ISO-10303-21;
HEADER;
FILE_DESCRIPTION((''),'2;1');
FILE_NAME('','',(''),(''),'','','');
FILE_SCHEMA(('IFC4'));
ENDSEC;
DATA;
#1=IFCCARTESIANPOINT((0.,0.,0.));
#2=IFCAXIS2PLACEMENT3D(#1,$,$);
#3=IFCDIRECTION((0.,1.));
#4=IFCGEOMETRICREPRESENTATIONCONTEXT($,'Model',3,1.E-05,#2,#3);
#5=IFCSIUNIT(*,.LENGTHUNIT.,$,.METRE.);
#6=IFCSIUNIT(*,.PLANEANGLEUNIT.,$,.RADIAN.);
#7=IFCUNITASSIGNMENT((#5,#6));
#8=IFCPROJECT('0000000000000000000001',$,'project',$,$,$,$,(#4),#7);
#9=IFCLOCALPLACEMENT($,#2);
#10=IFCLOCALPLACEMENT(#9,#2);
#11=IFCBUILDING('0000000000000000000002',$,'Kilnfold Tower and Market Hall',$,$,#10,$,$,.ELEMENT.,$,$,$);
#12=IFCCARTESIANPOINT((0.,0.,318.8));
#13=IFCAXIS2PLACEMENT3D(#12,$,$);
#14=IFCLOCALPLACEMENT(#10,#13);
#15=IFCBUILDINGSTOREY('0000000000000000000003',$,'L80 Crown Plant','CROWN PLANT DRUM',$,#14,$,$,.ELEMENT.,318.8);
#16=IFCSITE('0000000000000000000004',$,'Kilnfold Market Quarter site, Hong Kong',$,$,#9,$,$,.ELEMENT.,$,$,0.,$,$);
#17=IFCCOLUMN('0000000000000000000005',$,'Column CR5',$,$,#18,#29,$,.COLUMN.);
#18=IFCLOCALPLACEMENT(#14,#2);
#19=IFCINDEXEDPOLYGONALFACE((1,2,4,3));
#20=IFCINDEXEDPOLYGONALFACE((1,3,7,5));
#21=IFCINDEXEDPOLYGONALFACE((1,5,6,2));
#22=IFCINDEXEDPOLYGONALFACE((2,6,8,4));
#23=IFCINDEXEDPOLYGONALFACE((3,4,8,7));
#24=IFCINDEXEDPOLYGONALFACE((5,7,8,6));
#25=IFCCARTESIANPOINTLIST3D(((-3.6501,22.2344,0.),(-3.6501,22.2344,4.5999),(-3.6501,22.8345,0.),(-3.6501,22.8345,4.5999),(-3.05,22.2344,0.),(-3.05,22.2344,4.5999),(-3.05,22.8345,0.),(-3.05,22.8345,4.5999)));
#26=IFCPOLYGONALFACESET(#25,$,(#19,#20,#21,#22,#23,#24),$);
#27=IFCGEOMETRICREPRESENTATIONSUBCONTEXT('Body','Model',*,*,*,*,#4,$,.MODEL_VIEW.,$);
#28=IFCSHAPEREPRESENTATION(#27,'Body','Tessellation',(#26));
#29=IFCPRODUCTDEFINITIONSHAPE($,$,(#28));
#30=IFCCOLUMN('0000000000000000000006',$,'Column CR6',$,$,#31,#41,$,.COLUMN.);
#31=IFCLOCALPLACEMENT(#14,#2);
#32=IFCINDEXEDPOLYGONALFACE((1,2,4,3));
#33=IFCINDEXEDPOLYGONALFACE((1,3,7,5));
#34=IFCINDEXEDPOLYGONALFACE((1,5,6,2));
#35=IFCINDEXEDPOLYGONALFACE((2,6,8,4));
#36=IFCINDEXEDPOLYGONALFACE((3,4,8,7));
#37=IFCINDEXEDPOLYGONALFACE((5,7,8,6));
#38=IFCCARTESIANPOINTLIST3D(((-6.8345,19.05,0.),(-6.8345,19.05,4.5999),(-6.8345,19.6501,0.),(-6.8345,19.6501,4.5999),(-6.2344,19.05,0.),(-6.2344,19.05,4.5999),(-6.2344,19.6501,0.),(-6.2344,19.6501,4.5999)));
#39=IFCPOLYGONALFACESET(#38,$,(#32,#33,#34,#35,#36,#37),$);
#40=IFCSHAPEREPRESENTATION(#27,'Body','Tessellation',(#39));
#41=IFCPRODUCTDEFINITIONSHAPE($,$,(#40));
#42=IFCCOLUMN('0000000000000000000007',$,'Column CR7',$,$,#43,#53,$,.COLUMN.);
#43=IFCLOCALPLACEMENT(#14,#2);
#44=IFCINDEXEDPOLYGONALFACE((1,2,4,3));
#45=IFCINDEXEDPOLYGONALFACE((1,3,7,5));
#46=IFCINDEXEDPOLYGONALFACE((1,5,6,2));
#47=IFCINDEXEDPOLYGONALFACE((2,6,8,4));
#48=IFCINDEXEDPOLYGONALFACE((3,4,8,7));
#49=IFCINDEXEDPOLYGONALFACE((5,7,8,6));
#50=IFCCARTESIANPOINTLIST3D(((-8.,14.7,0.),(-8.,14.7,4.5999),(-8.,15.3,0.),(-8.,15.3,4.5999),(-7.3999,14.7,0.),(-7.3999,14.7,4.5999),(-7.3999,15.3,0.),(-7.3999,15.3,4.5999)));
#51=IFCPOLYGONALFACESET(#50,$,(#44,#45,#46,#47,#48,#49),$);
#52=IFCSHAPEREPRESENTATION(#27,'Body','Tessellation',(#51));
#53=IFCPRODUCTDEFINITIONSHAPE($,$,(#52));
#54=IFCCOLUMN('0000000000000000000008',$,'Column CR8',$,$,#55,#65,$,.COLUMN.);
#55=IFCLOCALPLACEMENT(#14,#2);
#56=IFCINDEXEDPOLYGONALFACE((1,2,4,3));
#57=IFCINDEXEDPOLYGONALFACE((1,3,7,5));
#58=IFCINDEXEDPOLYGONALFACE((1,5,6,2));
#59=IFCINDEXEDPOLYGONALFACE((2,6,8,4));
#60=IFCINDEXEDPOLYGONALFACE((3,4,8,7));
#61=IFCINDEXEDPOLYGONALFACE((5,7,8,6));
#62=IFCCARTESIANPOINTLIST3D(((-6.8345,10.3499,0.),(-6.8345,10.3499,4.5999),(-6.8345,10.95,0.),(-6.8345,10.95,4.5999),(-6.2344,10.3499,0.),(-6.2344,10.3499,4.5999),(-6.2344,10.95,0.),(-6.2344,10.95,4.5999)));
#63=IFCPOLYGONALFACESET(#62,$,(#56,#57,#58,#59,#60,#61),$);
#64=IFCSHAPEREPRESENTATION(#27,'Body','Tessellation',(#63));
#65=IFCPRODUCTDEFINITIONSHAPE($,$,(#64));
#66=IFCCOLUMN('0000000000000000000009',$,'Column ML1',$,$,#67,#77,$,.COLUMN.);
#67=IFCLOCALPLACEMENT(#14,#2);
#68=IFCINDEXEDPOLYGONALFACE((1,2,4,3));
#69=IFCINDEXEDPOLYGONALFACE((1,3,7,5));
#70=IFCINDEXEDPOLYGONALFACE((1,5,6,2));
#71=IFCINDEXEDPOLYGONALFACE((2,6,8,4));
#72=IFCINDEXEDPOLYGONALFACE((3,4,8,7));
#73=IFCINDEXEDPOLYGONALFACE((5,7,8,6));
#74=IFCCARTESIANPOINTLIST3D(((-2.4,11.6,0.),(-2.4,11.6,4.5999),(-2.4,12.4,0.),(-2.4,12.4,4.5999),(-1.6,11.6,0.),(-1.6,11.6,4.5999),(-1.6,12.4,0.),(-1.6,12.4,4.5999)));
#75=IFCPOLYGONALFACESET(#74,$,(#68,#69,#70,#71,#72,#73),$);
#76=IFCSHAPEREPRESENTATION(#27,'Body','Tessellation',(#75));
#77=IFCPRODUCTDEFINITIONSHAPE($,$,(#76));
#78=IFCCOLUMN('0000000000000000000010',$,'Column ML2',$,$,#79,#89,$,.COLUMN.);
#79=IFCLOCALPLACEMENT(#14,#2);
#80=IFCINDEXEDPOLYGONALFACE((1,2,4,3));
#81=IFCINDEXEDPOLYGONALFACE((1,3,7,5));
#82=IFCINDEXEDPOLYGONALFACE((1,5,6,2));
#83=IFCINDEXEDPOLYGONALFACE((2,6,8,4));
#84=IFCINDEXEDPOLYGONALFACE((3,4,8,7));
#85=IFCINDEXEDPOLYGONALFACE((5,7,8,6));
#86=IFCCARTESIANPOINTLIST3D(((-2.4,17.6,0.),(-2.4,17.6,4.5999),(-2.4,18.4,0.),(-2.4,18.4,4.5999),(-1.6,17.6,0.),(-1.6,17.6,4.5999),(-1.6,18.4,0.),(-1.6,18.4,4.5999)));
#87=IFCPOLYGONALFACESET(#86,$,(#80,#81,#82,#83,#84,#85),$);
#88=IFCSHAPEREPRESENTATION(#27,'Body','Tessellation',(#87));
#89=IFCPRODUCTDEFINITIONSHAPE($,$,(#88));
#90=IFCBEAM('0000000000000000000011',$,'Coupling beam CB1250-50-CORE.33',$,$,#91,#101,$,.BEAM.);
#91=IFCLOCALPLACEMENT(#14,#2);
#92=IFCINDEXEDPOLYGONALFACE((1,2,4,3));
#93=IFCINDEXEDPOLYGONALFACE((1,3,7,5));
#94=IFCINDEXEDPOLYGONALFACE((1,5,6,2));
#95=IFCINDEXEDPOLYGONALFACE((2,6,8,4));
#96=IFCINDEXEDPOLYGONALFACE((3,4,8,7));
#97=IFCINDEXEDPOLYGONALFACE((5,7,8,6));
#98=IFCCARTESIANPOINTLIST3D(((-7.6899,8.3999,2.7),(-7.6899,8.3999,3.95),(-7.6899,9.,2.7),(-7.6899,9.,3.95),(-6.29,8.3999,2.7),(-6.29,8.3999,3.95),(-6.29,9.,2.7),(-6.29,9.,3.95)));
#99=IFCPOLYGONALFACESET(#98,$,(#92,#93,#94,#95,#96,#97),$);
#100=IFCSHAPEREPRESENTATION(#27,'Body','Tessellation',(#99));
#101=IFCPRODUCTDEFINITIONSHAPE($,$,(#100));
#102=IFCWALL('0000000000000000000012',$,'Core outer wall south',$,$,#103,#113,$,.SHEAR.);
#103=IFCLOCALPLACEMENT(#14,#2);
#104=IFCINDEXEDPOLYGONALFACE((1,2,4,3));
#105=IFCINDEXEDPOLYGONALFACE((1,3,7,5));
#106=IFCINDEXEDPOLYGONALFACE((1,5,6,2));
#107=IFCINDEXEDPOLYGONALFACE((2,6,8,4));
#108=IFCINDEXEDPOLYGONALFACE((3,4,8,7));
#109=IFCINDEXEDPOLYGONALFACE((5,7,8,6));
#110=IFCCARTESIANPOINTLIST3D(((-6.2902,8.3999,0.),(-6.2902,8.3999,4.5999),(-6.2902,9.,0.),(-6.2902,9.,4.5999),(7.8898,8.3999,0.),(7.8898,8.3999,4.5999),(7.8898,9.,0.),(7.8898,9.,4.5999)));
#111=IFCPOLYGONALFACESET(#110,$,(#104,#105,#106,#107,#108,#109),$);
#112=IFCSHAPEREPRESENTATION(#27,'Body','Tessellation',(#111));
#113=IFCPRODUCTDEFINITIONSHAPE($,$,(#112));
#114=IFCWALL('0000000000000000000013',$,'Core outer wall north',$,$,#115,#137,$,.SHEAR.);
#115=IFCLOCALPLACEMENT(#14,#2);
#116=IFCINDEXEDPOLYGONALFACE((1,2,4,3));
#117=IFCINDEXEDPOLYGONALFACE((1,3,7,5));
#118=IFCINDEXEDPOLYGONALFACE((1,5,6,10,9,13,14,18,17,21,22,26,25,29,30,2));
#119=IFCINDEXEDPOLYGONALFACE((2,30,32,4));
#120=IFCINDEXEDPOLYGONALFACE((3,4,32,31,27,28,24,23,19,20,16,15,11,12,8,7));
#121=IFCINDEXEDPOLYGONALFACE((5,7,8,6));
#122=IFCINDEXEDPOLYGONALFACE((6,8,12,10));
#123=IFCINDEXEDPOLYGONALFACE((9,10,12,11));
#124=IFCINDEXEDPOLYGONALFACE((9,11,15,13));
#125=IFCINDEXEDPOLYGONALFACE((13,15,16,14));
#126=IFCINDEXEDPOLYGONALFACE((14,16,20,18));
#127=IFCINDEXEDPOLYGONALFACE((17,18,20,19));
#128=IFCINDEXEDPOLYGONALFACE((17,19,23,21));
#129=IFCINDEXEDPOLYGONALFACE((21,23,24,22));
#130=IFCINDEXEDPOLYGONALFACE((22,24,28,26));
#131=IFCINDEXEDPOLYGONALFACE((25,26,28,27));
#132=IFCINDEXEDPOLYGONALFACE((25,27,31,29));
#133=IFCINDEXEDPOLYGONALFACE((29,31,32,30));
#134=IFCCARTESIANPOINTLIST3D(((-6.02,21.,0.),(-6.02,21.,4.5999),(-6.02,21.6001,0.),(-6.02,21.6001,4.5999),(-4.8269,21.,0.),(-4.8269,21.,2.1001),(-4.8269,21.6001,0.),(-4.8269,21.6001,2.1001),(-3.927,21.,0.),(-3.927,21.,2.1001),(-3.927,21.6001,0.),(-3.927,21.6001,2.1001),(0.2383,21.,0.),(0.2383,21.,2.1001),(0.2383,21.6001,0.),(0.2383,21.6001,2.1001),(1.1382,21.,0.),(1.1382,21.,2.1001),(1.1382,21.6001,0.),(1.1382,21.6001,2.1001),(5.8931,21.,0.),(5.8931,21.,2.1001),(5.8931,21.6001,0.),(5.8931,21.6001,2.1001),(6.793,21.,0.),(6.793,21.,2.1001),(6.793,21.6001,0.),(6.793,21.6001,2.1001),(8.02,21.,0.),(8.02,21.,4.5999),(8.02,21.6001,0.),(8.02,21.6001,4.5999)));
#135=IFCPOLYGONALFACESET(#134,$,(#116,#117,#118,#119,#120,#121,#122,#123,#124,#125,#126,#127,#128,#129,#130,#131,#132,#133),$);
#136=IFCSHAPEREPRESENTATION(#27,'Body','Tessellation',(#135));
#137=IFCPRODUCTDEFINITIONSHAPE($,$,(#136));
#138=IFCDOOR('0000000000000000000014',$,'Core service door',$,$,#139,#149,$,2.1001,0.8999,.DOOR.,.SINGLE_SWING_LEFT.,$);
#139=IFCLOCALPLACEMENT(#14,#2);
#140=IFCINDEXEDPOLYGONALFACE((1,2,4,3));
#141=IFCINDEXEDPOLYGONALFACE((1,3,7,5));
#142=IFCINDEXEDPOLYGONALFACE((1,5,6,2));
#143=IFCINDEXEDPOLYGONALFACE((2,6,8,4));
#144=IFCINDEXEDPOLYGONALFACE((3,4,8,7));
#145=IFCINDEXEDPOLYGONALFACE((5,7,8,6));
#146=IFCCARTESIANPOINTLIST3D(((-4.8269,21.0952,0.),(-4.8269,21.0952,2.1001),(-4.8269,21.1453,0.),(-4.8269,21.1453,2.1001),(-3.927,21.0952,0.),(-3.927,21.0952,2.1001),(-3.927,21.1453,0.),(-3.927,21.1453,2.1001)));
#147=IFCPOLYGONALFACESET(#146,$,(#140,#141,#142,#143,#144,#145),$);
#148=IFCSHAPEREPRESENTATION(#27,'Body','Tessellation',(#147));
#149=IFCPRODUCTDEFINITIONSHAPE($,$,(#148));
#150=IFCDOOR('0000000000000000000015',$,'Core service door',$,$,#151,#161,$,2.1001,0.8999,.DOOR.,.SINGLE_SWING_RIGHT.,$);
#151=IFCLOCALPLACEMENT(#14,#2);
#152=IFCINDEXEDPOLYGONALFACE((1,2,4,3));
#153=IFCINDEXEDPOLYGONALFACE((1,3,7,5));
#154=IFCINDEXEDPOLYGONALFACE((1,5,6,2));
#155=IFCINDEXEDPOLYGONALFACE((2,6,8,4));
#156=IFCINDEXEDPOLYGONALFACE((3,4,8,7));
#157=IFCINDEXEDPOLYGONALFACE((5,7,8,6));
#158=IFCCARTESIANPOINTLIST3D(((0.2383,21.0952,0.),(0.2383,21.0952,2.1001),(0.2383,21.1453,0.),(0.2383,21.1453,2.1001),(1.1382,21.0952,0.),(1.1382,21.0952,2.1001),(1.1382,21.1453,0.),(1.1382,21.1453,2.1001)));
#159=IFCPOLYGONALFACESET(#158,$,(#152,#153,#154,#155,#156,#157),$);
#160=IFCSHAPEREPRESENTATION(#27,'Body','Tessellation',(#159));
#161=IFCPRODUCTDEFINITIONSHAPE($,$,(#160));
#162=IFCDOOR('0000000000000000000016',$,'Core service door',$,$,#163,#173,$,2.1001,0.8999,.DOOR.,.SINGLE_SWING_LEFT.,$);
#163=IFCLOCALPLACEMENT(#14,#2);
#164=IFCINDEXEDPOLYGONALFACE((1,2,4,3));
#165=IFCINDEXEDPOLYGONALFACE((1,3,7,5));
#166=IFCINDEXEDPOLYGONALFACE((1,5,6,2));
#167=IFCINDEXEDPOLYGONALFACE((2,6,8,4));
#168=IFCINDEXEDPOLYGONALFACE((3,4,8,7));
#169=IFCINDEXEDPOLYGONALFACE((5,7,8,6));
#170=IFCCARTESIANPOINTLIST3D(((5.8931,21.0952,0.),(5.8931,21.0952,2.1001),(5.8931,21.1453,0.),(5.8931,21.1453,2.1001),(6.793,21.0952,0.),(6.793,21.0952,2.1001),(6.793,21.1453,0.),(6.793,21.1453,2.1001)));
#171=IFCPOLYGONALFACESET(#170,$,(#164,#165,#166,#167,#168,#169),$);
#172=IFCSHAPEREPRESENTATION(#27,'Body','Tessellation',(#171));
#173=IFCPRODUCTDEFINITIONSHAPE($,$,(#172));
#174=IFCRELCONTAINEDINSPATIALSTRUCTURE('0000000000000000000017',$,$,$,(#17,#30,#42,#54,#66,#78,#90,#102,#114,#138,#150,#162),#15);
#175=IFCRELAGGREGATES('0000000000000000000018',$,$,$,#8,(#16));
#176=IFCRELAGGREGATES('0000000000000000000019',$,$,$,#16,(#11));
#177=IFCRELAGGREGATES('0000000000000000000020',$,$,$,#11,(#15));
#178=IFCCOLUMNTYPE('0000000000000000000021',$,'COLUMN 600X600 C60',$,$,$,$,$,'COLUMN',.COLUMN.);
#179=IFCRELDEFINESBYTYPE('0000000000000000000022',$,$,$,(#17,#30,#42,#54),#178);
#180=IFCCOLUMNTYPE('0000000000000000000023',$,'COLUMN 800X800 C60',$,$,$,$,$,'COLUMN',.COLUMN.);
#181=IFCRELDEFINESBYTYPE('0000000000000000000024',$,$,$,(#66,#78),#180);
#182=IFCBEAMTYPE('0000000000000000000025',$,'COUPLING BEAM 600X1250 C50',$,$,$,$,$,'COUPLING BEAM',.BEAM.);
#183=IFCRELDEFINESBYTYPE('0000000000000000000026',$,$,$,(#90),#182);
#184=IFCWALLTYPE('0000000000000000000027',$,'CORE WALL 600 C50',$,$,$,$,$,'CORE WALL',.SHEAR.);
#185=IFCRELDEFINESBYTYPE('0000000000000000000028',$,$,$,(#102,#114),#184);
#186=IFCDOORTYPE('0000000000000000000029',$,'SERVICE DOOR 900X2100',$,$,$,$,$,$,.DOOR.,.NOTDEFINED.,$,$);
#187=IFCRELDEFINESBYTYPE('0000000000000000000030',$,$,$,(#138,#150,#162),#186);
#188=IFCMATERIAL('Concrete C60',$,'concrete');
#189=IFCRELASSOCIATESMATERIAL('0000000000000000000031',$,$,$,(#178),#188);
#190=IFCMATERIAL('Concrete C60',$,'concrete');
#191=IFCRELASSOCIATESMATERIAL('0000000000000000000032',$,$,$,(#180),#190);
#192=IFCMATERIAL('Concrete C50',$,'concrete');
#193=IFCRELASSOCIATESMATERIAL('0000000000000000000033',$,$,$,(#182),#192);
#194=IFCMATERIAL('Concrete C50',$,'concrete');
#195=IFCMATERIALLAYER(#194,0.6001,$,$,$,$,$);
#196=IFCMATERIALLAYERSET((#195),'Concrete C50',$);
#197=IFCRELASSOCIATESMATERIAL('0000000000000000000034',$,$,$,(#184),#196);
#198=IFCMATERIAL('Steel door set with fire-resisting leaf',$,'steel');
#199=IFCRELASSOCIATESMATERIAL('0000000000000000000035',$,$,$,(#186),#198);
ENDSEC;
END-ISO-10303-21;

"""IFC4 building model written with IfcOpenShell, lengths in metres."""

from ifc_helpers import new_model, si_unit, direction, frame, frame_2d, origin, origin_2d, place, context, subcontext, project, spatial, rectangle, extrude, source, transform, mapped, material, layer, layer_set, material_profile, profile_set, type_object, element, fill, save


model = new_model("IFC4")

# Units and contexts
model_context = context("Model", 3, precision=1e-05, world=origin(), true_north=direction((0.0, 1.0)))
body_context = subcontext(model_context, "Body", "Model", "MODEL_VIEW")
ifc_project = project(units=[si_unit("LENGTHUNIT", "METRE"), si_unit("PLANEANGLEUNIT", "RADIAN")], contexts=[model_context])

# Site, building, storey
site_placement = place(None, origin())
site = spatial("IfcSite", under=ifc_project, at=site_placement, Name="Kilnfold Market Quarter site, Hong Kong", CompositionType="ELEMENT", RefElevation=0.0)
building_placement = place(site_placement, origin())
building = spatial("IfcBuilding", under=site, at=building_placement, Name="Kilnfold Tower and Market Hall", CompositionType="ELEMENT")
storey_placement = place(building_placement, frame((0.0, 0.0, 318.8)))
storey = spatial("IfcBuildingStorey", under=building, at=storey_placement, Name="L80 Crown Plant", Description="CROWN PLANT DRUM", CompositionType="ELEMENT", Elevation=318.8)

# Columns
ifc_material_1 = material(Name="Concrete C60", Category="concrete")
ifc_material_profile_1 = material_profile(ifc_material_1, rectangle(XDim=0.6001, YDim=0.6001, at=origin_2d()), Name="RC 600x600")
ifc_profile_set_1 = profile_set([ifc_material_profile_1], Name="Concrete C60")
column_type_1 = type_object("IfcColumnType", Name="COLUMN 600X600 C60", ElementType="COLUMN", PredefinedType="COLUMN", material=ifc_profile_set_1)
shared_shape_1 = source(origin(), body_context, "Body", "SweptSolid", [
    extrude(rectangle(XDim=0.6001, YDim=0.6001, at=origin_2d()), origin(), (0.0, 0.0, 1.0), 4.5999),
])
for number, where, z_axis, x_axis, name in (
    (1, (-3.3501, 22.5344, 0.0), (0.0, 0.0, 1.0), (1.0, 0.0, 0.0), "Column CR5"),
    (2, (-6.5344, 19.3501, 0.0), (0.0, 0.0, 1.0), (1.0, 0.0, 0.0), "Column CR6"),
    (3, (-7.7, 15.0, 0.0), (0.0, 0.0, 1.0), (1.0, 0.0, 0.0), "Column CR7"),
    (4, (-6.5344, 10.6499, 0.0), (0.0, 0.0, 1.0), (1.0, 0.0, 0.0), "Column CR8"),
):
    element("IfcColumn", number, at=place(storey_placement, frame(where, z_axis=z_axis, x_axis=x_axis)), inside=storey, type_object=column_type_1, Name=name, PredefinedType="COLUMN", context=body_context, shape_type="MappedRepresentation", body=[
        mapped(shared_shape_1, transform((0.0, 0.0, 0.0))),
    ])
ifc_material_2 = material(Name="Concrete C60", Category="concrete")
ifc_material_profile_2 = material_profile(ifc_material_2, rectangle(XDim=0.8, YDim=0.8, at=origin_2d()), Name="RC 800x800")
ifc_profile_set_2 = profile_set([ifc_material_profile_2], Name="Concrete C60")
column_type_2 = type_object("IfcColumnType", Name="COLUMN 800X800 C60", ElementType="COLUMN", PredefinedType="COLUMN", material=ifc_profile_set_2)
shared_shape_2 = source(origin(), body_context, "Body", "SweptSolid", [
    extrude(rectangle(XDim=0.8, YDim=0.8, at=origin_2d()), origin(), (0.0, 0.0, 1.0), 4.5999),
])
for number, where, z_axis, x_axis, name in (
    (5, (-2.0, 12.0, 0.0), (0.0, 0.0, 1.0), (1.0, 0.0, 0.0), "Column ML1"),
    (6, (-2.0, 18.0, 0.0), (0.0, 0.0, 1.0), (1.0, 0.0, 0.0), "Column ML2"),
):
    element("IfcColumn", number, at=place(storey_placement, frame(where, z_axis=z_axis, x_axis=x_axis)), inside=storey, type_object=column_type_2, Name=name, PredefinedType="COLUMN", context=body_context, shape_type="MappedRepresentation", body=[
        mapped(shared_shape_2, transform((0.0, 0.0, 0.0))),
    ])

# Beam
ifc_material_3 = material(Name="Concrete C50", Category="concrete")
ifc_material_profile_3 = material_profile(ifc_material_3, rectangle(XDim=0.6001, YDim=1.25, at=origin_2d()), Name="RC 600x1250")
ifc_profile_set_3 = profile_set([ifc_material_profile_3], Name="Concrete C50")
beam_type = type_object("IfcBeamType", Name="COUPLING BEAM 600X1250 C50", ElementType="COUPLING BEAM", PredefinedType="BEAM", material=ifc_profile_set_3)
shared_shape_3 = source(origin(), body_context, "Body", "SweptSolid", [
    extrude(rectangle(XDim=0.6001, YDim=1.25, at=origin_2d()), origin(), (0.0, 0.0, 1.0), 1.3999),
])
beam_placement = place(storey_placement, frame((-7.6899, 8.7, 3.325), z_axis=(1.0, 0.0, 0.0), x_axis=(0.0, 1.0, 0.0)))
element("IfcBeam", 7, at=beam_placement, inside=storey, type_object=beam_type, Name="Coupling beam CB1250-50-CORE.33", PredefinedType="BEAM", context=body_context, shape_type="MappedRepresentation", body=[
    mapped(shared_shape_3, transform((0.0, 0.0, 0.0))),
])

# Wall
ifc_material_4 = material(Name="Concrete C50", Category="concrete")
ifc_layer_1 = layer(ifc_material_4, 0.6001)
ifc_layer_set_1 = layer_set([ifc_layer_1], Name="Concrete C50")
wall_type_1 = type_object("IfcWallType", Name="CORE WALL 600 C50", ElementType="CORE WALL", PredefinedType="SHEAR", material=ifc_layer_set_1)
shared_shape_4 = source(origin(), body_context, "Body", "SweptSolid", [
    extrude(rectangle(XDim=14.1799, YDim=0.6001, at=frame_2d((7.0898, 0.0))), origin(), (0.0, 0.0, 1.0), 4.5999),
])
wall_1_placement = place(storey_placement, frame((-6.29, 8.7, 0.0), z_axis=(0.0, 0.0, 1.0), x_axis=(1.0, 0.0, 0.0)))
element("IfcWall", 8, at=wall_1_placement, inside=storey, type_object=wall_type_1, Name="Core outer wall south", PredefinedType="SHEAR", context=body_context, shape_type="MappedRepresentation", body=[
    mapped(shared_shape_4, transform((0.0, 0.0, 0.0))),
])

# Wall, openings, doors
shared_shape_5 = source(origin(), body_context, "Body", "SweptSolid", [
    extrude(rectangle(XDim=14.04, YDim=0.6001, at=frame_2d((7.02, 0.0))), origin(), (0.0, 0.0, 1.0), 4.5999),
])
wall_2_placement = place(storey_placement, frame((-6.02, 21.3, 0.0), z_axis=(0.0, 0.0, 1.0), x_axis=(1.0, 0.0, 0.0)))
wall_2 = element("IfcWall", 9, at=wall_2_placement, inside=storey, type_object=wall_type_1, Name="Core outer wall north", PredefinedType="SHEAR", context=body_context, shape_type="MappedRepresentation", body=[
    mapped(shared_shape_5, transform((0.0, 0.0, 0.0))),
])
opening_1_placement = place(wall_2_placement, frame((1.1931, 0.0, 0.0)))
opening_1 = element("IfcOpeningElement", 10, at=opening_1_placement, cuts=wall_2, PredefinedType="OPENING", context=body_context, shape_type="SweptSolid", body=[
    extrude(rectangle(XDim=0.8999, YDim=2.1001, at=frame_2d((0.45, 1.05))), frame((0.0, 0.3101, 0.0), z_axis=(0.0, -1.0, 0.0), x_axis=(1.0, 0.0, 0.0)), (0.0, 0.0, 1.0), 0.6201),
])
opening_2_placement = place(wall_2_placement, frame((6.2583, 0.0, 0.0)))
opening_2 = element("IfcOpeningElement", 11, at=opening_2_placement, cuts=wall_2, PredefinedType="OPENING", context=body_context, shape_type="SweptSolid", body=[
    extrude(rectangle(XDim=0.8999, YDim=2.1001, at=frame_2d((0.45, 1.05))), frame((0.0, 0.3101, 0.0), z_axis=(0.0, -1.0, 0.0), x_axis=(1.0, 0.0, 0.0)), (0.0, 0.0, 1.0), 0.6201),
])
opening_3_placement = place(wall_2_placement, frame((11.9131, 0.0, 0.0)))
opening_3 = element("IfcOpeningElement", 12, at=opening_3_placement, cuts=wall_2, PredefinedType="OPENING", context=body_context, shape_type="SweptSolid", body=[
    extrude(rectangle(XDim=0.8999, YDim=2.1001, at=frame_2d((0.45, 1.05))), frame((0.0, 0.3101, 0.0), z_axis=(0.0, -1.0, 0.0), x_axis=(1.0, 0.0, 0.0)), (0.0, 0.0, 1.0), 0.6201),
])
ifc_material_5 = material(Name="Steel door set with fire-resisting leaf", Category="steel")
door_type_1 = type_object("IfcDoorType", Name="SERVICE DOOR 900X2100", OperationType="NOTDEFINED", PredefinedType="DOOR", material=ifc_material_5)
door_1_placement = place(opening_1_placement, origin())
door_1 = element("IfcDoor", 13, at=door_1_placement, inside=storey, type_object=door_type_1, Name="Core service door", OperationType="SINGLE_SWING_LEFT", OverallHeight=2.1001, OverallWidth=0.8999, PredefinedType="DOOR", context=body_context, shape_type="SweptSolid", body=[
    extrude(rectangle(XDim=0.8999, YDim=2.1001, at=frame_2d((0.45, 1.05))), frame((0.0, -0.1548, 0.0), z_axis=(0.0, -1.0, 0.0), x_axis=(1.0, 0.0, 0.0)), (0.0, 0.0, 1.0), 0.05),
])
fill(opening_1, door_1)
door_2_placement = place(opening_2_placement, origin())
door_2 = element("IfcDoor", 14, at=door_2_placement, inside=storey, type_object=door_type_1, Name="Core service door", OperationType="SINGLE_SWING_RIGHT", OverallHeight=2.1001, OverallWidth=0.8999, PredefinedType="DOOR", context=body_context, shape_type="SweptSolid", body=[
    extrude(rectangle(XDim=0.8999, YDim=2.1001, at=frame_2d((0.45, 1.05))), frame((0.0, -0.1548, 0.0), z_axis=(0.0, -1.0, 0.0), x_axis=(1.0, 0.0, 0.0)), (0.0, 0.0, 1.0), 0.05),
])
fill(opening_2, door_2)
door_3_placement = place(opening_3_placement, origin())
door_3 = element("IfcDoor", 15, at=door_3_placement, inside=storey, type_object=door_type_1, Name="Core service door", OperationType="SINGLE_SWING_LEFT", OverallHeight=2.1001, OverallWidth=0.8999, PredefinedType="DOOR", context=body_context, shape_type="SweptSolid", body=[
    extrude(rectangle(XDim=0.8999, YDim=2.1001, at=frame_2d((0.45, 1.05))), frame((0.0, -0.1548, 0.0), z_axis=(0.0, -1.0, 0.0), x_axis=(1.0, 0.0, 0.0)), (0.0, 0.0, 1.0), 0.05),
])
fill(opening_3, door_3)

save(model, "model.ifc")
